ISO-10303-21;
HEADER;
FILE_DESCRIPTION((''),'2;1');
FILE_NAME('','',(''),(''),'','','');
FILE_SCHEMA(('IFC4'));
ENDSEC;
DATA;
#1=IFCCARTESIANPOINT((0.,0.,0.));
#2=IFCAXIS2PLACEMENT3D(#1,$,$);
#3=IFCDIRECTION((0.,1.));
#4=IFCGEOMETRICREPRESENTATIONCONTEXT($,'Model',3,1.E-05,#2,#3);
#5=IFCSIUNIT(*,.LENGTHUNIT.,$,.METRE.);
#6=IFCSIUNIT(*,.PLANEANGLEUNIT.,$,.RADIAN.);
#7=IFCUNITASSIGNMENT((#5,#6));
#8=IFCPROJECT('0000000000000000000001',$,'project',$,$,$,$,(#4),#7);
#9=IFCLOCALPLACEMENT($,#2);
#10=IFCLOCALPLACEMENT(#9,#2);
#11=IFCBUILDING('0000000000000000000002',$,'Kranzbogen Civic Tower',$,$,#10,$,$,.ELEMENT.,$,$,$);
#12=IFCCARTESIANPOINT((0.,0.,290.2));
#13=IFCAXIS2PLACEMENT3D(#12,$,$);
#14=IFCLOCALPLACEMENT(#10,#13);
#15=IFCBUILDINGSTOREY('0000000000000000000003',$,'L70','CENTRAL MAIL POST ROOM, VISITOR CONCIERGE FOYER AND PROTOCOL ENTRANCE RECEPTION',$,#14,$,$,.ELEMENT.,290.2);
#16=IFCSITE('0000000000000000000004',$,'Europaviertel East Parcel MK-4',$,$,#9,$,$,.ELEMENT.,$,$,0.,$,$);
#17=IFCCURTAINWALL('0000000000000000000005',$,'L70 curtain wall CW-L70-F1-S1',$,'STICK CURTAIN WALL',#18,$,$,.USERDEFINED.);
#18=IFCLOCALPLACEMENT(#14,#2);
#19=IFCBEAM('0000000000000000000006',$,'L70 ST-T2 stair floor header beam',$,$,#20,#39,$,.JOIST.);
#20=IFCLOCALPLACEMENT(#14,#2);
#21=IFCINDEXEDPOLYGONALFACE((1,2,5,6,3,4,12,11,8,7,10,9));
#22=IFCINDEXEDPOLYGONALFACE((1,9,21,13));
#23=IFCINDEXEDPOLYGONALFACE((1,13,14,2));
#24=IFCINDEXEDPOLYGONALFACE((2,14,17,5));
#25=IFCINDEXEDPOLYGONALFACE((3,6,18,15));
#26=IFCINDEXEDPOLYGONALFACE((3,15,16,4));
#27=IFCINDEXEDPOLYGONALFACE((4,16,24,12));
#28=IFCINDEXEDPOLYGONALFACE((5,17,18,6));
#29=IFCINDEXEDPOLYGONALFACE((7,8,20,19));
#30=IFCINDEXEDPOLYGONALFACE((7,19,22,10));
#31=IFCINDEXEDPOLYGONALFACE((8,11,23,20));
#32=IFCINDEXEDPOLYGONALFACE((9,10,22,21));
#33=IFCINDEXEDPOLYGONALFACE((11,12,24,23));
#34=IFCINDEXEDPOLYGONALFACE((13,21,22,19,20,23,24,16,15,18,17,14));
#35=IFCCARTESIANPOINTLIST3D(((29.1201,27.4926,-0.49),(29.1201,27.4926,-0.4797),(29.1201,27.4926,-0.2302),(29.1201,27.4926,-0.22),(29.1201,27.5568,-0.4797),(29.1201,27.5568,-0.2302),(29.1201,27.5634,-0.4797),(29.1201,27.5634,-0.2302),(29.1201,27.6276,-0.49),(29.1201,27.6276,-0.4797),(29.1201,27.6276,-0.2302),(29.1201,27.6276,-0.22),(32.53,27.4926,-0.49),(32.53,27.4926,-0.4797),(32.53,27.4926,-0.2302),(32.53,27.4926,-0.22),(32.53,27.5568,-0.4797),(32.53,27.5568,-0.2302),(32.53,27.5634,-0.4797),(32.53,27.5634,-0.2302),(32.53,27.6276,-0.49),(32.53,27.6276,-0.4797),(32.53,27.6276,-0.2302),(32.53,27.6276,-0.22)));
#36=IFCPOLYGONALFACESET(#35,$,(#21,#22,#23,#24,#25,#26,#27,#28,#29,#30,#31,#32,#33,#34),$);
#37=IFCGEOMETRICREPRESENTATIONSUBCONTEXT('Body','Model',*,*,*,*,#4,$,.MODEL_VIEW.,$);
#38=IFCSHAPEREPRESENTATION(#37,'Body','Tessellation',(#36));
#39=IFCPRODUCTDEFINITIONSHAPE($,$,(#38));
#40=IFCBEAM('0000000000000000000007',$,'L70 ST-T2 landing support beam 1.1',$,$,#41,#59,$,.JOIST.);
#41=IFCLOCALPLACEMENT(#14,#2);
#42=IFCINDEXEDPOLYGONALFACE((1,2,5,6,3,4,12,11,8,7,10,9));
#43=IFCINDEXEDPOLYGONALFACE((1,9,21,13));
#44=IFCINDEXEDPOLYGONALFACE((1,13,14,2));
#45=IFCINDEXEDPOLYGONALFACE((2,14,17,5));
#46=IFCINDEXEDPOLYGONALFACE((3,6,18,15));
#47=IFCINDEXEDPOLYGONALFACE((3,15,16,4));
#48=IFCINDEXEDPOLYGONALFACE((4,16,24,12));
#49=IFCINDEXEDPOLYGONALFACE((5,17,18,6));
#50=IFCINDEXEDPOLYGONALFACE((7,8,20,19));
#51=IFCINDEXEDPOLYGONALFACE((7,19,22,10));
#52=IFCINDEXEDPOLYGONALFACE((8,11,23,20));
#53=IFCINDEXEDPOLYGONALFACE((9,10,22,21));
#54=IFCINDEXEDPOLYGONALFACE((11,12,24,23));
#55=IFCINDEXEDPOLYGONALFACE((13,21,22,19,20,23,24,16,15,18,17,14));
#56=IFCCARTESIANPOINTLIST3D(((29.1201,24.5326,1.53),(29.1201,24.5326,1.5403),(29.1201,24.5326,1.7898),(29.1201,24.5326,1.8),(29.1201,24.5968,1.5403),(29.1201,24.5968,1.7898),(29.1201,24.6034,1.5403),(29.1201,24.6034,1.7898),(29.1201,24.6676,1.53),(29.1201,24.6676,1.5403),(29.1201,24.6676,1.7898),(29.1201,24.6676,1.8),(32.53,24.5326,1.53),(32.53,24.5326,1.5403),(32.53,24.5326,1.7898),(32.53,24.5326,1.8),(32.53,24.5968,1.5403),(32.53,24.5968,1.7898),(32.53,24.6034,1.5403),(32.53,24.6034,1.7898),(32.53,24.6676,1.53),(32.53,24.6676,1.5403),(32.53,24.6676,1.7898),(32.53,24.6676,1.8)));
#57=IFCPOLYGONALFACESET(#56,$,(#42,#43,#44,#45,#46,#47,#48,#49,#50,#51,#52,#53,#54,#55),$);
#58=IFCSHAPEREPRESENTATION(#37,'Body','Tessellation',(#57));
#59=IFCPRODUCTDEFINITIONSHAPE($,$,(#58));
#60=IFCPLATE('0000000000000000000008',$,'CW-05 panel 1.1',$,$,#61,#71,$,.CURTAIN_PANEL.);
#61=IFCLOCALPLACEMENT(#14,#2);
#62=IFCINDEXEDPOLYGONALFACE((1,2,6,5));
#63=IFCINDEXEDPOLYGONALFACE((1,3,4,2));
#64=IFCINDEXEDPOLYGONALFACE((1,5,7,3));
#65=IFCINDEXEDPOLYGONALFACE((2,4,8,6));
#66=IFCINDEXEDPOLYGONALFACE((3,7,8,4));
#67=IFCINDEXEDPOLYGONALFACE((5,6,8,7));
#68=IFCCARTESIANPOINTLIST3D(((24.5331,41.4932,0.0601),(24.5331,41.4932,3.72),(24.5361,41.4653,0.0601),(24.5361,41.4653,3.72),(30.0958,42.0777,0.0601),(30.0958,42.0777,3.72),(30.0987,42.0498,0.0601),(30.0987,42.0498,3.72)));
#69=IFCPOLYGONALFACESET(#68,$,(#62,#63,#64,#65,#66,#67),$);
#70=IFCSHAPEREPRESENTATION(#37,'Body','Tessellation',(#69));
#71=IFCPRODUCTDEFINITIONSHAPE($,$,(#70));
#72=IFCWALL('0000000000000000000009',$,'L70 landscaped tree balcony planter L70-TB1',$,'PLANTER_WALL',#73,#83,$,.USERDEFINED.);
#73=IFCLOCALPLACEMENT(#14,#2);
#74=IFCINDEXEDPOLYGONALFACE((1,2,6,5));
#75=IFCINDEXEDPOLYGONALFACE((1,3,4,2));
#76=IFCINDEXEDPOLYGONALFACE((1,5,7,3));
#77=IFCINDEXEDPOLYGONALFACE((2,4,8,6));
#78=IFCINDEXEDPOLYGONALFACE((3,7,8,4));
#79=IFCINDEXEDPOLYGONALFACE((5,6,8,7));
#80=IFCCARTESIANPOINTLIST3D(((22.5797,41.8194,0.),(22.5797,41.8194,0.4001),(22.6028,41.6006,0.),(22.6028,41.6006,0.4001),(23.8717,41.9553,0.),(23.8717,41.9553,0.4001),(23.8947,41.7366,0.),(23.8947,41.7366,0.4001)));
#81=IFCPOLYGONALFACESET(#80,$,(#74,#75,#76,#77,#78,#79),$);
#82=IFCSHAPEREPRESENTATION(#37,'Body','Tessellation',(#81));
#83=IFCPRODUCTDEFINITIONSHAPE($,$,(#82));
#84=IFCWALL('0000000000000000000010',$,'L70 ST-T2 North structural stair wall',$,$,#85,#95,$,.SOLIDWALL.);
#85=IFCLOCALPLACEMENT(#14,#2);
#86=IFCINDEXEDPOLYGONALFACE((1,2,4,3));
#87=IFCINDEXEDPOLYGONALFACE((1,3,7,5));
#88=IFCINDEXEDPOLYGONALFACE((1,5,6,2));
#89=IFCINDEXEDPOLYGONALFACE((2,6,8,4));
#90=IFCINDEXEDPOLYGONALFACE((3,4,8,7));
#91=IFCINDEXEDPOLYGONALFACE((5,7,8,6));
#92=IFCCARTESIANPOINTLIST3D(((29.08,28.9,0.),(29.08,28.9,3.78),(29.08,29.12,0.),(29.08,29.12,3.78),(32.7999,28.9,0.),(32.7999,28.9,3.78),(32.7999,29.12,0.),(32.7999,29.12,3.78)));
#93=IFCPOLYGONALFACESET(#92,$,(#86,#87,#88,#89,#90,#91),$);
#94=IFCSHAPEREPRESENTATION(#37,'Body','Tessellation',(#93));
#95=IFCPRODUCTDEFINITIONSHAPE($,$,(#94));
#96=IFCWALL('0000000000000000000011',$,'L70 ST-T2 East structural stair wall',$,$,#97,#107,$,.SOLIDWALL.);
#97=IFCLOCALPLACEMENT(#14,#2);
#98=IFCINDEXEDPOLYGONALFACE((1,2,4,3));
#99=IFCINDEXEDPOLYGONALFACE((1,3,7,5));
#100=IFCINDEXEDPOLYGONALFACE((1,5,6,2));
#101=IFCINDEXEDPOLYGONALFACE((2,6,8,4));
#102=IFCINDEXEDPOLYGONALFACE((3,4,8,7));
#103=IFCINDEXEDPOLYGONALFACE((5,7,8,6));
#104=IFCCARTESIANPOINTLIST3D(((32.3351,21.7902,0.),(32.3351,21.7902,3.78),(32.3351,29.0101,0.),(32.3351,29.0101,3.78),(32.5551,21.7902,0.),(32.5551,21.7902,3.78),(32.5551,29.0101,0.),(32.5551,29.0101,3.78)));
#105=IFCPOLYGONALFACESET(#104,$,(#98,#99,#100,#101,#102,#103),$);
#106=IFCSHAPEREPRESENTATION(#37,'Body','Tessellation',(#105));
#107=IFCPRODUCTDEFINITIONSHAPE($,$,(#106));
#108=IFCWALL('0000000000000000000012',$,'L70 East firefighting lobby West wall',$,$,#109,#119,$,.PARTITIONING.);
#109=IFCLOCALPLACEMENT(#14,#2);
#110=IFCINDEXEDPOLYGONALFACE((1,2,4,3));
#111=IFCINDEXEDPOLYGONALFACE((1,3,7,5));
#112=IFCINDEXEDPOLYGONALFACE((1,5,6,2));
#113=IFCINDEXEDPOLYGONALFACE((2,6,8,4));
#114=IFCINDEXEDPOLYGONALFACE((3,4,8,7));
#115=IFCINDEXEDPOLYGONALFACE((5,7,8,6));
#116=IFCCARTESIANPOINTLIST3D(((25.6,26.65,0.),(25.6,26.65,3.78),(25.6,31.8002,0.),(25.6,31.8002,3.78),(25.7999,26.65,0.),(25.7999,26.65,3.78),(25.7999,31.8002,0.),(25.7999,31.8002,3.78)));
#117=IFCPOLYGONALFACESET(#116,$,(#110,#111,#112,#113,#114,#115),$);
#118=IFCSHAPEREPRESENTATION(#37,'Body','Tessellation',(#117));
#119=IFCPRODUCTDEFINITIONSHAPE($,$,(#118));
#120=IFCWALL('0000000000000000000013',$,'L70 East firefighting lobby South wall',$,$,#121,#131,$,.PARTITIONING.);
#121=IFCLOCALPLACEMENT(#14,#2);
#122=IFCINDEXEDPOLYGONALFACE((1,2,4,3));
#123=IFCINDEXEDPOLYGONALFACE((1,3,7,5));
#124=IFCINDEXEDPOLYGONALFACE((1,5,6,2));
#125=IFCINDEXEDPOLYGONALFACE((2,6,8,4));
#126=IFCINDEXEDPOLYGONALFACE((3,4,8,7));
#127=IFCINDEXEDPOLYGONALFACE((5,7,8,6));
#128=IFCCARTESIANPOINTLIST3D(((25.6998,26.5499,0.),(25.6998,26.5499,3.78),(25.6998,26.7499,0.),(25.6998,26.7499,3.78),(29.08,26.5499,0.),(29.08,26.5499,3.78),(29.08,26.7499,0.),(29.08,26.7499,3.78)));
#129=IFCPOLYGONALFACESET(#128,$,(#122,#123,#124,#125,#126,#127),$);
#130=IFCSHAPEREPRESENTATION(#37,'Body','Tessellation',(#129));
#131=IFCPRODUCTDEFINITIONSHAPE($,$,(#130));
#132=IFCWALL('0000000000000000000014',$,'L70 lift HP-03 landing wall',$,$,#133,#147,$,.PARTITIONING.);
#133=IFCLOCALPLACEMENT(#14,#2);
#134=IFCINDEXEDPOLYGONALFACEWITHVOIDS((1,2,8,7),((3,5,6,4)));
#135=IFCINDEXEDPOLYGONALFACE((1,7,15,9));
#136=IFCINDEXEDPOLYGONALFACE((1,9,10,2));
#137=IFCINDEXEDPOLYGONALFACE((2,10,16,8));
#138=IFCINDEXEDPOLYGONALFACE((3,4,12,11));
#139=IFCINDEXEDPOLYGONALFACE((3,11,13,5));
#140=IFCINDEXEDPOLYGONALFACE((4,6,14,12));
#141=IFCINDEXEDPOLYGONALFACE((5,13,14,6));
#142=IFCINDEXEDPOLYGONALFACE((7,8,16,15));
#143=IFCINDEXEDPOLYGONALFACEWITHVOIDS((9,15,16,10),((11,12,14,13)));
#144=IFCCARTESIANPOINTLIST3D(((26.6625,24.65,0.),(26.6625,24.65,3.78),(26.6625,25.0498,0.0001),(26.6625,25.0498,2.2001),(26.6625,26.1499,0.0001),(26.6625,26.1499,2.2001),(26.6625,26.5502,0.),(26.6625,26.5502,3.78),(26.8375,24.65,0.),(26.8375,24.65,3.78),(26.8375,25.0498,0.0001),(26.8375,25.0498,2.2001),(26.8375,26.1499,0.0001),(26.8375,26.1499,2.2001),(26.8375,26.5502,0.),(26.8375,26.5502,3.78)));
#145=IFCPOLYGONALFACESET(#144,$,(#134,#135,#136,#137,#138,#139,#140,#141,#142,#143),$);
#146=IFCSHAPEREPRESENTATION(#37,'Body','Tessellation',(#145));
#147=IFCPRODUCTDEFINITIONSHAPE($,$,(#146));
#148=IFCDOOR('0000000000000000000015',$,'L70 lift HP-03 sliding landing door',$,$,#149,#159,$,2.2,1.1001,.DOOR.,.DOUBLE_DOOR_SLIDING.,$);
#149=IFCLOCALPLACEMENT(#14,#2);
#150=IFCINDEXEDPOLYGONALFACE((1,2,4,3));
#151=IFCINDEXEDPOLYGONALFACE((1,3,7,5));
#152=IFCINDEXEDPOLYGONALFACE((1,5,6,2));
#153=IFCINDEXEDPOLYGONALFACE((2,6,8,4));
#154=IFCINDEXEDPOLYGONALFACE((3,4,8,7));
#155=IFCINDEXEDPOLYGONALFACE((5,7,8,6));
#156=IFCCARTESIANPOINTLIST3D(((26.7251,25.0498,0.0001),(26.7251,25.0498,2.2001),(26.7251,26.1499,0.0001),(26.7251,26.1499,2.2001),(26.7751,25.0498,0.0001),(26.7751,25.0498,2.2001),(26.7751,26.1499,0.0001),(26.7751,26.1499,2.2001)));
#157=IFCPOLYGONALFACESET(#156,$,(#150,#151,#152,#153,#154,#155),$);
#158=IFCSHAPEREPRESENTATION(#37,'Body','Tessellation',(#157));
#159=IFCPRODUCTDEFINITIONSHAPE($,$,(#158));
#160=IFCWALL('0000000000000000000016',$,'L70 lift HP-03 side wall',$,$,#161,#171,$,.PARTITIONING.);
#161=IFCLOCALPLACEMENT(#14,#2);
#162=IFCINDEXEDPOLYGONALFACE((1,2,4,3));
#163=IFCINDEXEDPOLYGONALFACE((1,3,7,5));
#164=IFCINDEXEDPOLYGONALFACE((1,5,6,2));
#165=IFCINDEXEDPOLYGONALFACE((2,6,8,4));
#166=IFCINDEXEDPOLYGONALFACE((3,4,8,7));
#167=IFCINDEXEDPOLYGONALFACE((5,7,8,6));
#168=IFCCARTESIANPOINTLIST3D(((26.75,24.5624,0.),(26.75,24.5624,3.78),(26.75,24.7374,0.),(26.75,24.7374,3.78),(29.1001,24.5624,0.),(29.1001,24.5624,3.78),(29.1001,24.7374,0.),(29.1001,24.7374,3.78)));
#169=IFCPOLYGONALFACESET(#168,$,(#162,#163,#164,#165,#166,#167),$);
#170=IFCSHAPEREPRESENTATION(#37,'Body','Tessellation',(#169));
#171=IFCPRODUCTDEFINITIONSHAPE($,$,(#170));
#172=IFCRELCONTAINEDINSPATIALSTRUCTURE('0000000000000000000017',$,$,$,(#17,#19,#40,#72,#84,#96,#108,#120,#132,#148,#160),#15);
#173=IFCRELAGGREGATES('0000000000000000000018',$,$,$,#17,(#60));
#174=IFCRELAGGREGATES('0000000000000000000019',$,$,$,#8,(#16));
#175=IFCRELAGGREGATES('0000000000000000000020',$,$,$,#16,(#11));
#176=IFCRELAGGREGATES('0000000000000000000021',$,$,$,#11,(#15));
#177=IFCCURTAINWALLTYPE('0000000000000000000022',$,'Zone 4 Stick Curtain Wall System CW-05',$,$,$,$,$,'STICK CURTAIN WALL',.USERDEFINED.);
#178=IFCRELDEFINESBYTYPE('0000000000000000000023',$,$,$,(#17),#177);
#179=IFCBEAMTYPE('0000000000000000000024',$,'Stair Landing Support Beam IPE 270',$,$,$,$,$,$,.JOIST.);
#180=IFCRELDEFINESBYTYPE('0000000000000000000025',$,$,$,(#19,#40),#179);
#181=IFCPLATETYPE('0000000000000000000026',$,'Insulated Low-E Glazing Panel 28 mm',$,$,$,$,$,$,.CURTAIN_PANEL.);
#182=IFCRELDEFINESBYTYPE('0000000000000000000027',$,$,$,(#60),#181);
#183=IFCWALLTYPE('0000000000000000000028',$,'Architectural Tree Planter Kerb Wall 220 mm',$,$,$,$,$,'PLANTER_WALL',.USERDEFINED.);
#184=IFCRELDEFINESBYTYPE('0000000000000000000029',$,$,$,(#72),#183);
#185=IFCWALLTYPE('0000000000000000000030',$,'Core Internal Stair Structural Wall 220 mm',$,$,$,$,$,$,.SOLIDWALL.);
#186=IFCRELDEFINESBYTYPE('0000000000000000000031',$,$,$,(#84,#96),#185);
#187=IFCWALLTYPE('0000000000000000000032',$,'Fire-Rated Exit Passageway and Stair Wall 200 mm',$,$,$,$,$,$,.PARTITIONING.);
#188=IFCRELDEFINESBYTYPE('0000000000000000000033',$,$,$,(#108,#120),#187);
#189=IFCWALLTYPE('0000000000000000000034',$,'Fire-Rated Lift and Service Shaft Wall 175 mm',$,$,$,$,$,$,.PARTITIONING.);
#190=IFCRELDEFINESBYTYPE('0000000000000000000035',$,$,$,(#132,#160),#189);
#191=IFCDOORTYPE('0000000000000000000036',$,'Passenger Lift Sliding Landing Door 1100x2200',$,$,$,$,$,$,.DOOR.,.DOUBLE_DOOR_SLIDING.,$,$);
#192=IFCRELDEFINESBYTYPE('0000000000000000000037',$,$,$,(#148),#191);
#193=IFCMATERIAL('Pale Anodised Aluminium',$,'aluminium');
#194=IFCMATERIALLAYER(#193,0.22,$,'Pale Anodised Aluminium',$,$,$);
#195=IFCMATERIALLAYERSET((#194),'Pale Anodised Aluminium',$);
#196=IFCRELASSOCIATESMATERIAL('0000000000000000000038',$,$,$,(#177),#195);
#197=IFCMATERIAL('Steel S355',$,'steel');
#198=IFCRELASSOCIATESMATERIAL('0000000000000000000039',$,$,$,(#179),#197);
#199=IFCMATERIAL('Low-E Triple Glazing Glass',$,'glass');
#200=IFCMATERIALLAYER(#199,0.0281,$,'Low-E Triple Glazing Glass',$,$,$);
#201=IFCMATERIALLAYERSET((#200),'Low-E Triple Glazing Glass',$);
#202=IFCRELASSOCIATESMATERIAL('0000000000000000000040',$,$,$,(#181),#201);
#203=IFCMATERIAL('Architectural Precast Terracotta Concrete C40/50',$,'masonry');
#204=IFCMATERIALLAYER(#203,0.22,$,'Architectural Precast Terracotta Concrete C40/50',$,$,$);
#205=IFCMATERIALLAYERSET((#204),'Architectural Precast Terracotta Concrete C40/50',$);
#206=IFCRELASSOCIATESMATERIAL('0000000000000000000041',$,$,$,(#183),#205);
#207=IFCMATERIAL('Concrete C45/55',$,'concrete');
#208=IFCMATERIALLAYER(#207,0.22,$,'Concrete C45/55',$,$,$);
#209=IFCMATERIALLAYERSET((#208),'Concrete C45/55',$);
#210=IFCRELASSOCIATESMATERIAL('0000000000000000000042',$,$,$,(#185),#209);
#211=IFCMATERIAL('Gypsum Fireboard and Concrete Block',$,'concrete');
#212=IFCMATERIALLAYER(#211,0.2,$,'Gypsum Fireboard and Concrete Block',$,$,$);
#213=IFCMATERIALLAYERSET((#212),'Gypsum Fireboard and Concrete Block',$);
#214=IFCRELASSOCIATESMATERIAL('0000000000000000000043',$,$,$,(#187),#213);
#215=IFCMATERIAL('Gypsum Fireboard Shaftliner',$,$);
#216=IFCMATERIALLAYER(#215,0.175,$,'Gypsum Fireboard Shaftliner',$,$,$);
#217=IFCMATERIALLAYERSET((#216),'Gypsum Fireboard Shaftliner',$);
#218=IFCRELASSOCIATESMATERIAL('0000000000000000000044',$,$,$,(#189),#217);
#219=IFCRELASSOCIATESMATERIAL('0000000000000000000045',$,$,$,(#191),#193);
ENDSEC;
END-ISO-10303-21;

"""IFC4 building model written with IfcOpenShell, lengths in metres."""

from ifc_helpers import new_model, si_unit, direction, frame, frame_2d, origin, origin_2d, place, context, subcontext, project, spatial, rectangle, i_section, extrude, material, layer, layer_set, material_profile, profile_set, type_object, element, fill, aggregate, save


model = new_model("IFC4")

# Units and contexts
model_context = context("Model", 3, precision=1e-05, world=origin(), true_north=direction((0.0, 1.0)))
body_context = subcontext(model_context, "Body", "Model", "MODEL_VIEW")
ifc_project = project(units=[si_unit("LENGTHUNIT", "METRE"), si_unit("PLANEANGLEUNIT", "RADIAN")], contexts=[model_context])

# Site, building, storey
site_placement = place(None, origin())
site = spatial("IfcSite", under=ifc_project, at=site_placement, Name="Europaviertel East Parcel MK-4", CompositionType="ELEMENT", RefElevation=0.0)
building_placement = place(site_placement, origin())
building = spatial("IfcBuilding", under=site, at=building_placement, Name="Kranzbogen Civic Tower", CompositionType="ELEMENT")
storey_placement = place(building_placement, frame((0.0, 0.0, 290.2)))
storey = spatial("IfcBuildingStorey", under=building, at=storey_placement, Name="L70", Description="CENTRAL MAIL POST ROOM, VISITOR CONCIERGE FOYER AND PROTOCOL ENTRANCE RECEPTION", CompositionType="ELEMENT", Elevation=290.2)

# Shared definitions
ifc_material_1 = material(Name="Steel S355", Category="steel")

# Curtain wall
ifc_material_2 = material(Name="Pale Anodised Aluminium", Category="aluminium")
ifc_layer_1 = layer(ifc_material_2, 0.22, Name="Pale Anodised Aluminium")
ifc_layer_set_1 = layer_set([ifc_layer_1], Name="Pale Anodised Aluminium")
curtain_wall_type = type_object("IfcCurtainWallType", Name="Zone 4 Stick Curtain Wall System CW-05", ElementType="STICK CURTAIN WALL", PredefinedType="USERDEFINED", material=ifc_layer_set_1)
curtain_wall_placement = place(storey_placement, origin())
curtain_wall = element("IfcCurtainWall", 1, at=curtain_wall_placement, inside=storey, type_object=curtain_wall_type, Name="L70 curtain wall CW-L70-F1-S1", ObjectType="STICK CURTAIN WALL", PredefinedType="USERDEFINED")

# Beams
ifc_material_profile_1 = material_profile(ifc_material_1, i_section(OverallWidth=0.135, OverallDepth=0.27, WebThickness=0.0066, FlangeThickness=0.0103, at=origin_2d()), Name="IPE 270")
ifc_profile_set_1 = profile_set([ifc_material_profile_1], Name="Steel S355")
beam_type_1 = type_object("IfcBeamType", Name="Stair Landing Support Beam IPE 270", PredefinedType="JOIST", material=ifc_profile_set_1)
for number, where, z_axis, x_axis, name in (
    (2, (29.1201, 27.5601, -0.355), (1.0, 0.0, 0.0), (0.0, 1.0, 0.0), "L70 ST-T2 stair floor header beam"),
    (3, (29.1201, 24.6001, 1.665), (1.0, 0.0, 0.0), (0.0, 1.0, 0.0), "L70 ST-T2 landing support beam 1.1"),
):
    element("IfcBeam", number, at=place(storey_placement, frame(where, z_axis=z_axis, x_axis=x_axis)), inside=storey, type_object=beam_type_1, Name=name, PredefinedType="JOIST", context=body_context, shape_type="SweptSolid", body=[
        extrude(i_section(OverallWidth=0.135, OverallDepth=0.27, WebThickness=0.0066, FlangeThickness=0.0103, at=origin_2d()), origin(), (0.0, 0.0, 1.0), 3.4099),
    ])

# Plate
ifc_material_3 = material(Name="Low-E Triple Glazing Glass", Category="glass")
ifc_layer_2 = layer(ifc_material_3, 0.0281, Name="Low-E Triple Glazing Glass")
ifc_layer_set_2 = layer_set([ifc_layer_2], Name="Low-E Triple Glazing Glass")
plate_type = type_object("IfcPlateType", Name="Insulated Low-E Glazing Panel 28 mm", PredefinedType="CURTAIN_PANEL", material=ifc_layer_set_2)
plate_placement = place(storey_placement, frame((27.3159, 41.7715, 0.0601), z_axis=(0.0, 0.0, 1.0), x_axis=(-0.994526, -0.104493, 0.0)))
plate = element("IfcPlate", 4, at=plate_placement, type_object=plate_type, Name="CW-05 panel 1.1", PredefinedType="CURTAIN_PANEL", context=body_context, shape_type="SweptSolid", body=[
    extrude(rectangle(XDim=5.5933, YDim=0.0281, at=origin_2d()), origin(), (0.0, 0.0, 1.0), 3.6599),
])
aggregate(curtain_wall, [plate])

# Walls
ifc_material_4 = material(Name="Architectural Precast Terracotta Concrete C40/50", Category="masonry")
ifc_layer_3 = layer(ifc_material_4, 0.22, Name="Architectural Precast Terracotta Concrete C40/50")
ifc_layer_set_3 = layer_set([ifc_layer_3], Name="Architectural Precast Terracotta Concrete C40/50")
wall_type_1 = type_object("IfcWallType", Name="Architectural Tree Planter Kerb Wall 220 mm", ElementType="PLANTER_WALL", PredefinedType="USERDEFINED", material=ifc_layer_set_3)
wall_1_placement = place(storey_placement, frame((23.8831, 41.8459, 0.0), z_axis=(0.0, 0.0, 1.0), x_axis=(-0.994506, -0.104675, 0.0)))
element("IfcWall", 5, at=wall_1_placement, inside=storey, type_object=wall_type_1, Name="L70 landscaped tree balcony planter L70-TB1", ObjectType="PLANTER_WALL", PredefinedType="USERDEFINED", context=body_context, shape_type="SweptSolid", body=[
    extrude(rectangle(XDim=1.2991, YDim=0.22, at=frame_2d((0.6494, 0.0))), origin(), (0.0, 0.0, 1.0), 0.4001),
])
ifc_material_5 = material(Name="Concrete C45/55", Category="concrete")
ifc_layer_4 = layer(ifc_material_5, 0.22, Name="Concrete C45/55")
ifc_layer_set_4 = layer_set([ifc_layer_4], Name="Concrete C45/55")
wall_type_2 = type_object("IfcWallType", Name="Core Internal Stair Structural Wall 220 mm", PredefinedType="SOLIDWALL", material=ifc_layer_set_4)
wall_2_placement = place(storey_placement, frame((29.0801, 29.01, 0.0), z_axis=(0.0, 0.0, 1.0), x_axis=(1.0, 0.0, 0.0)))
element("IfcWall", 6, at=wall_2_placement, inside=storey, type_object=wall_type_2, Name="L70 ST-T2 North structural stair wall", PredefinedType="SOLIDWALL", context=body_context, shape_type="SweptSolid", body=[
    extrude(rectangle(XDim=3.72, YDim=0.22, at=frame_2d((1.8599, 0.0))), origin(), (0.0, 0.0, 1.0), 3.78),
])
wall_3_placement = place(storey_placement, frame((32.4451, 29.01, 0.0), z_axis=(0.0, 0.0, 1.0), x_axis=(0.0, -1.0, 0.0)))
element("IfcWall", 7, at=wall_3_placement, inside=storey, type_object=wall_type_2, Name="L70 ST-T2 East structural stair wall", PredefinedType="SOLIDWALL", context=body_context, shape_type="SweptSolid", body=[
    extrude(rectangle(XDim=7.22, YDim=0.22, at=frame_2d((3.6099, 0.0))), origin(), (0.0, 0.0, 1.0), 3.78),
])
ifc_material_6 = material(Name="Gypsum Fireboard and Concrete Block", Category="concrete")
ifc_layer_5 = layer(ifc_material_6, 0.2, Name="Gypsum Fireboard and Concrete Block")
ifc_layer_set_5 = layer_set([ifc_layer_5], Name="Gypsum Fireboard and Concrete Block")
wall_type_3 = type_object("IfcWallType", Name="Fire-Rated Exit Passageway and Stair Wall 200 mm", PredefinedType="PARTITIONING", material=ifc_layer_set_5)
wall_4_placement = place(storey_placement, frame((25.7, 26.6499, 0.0), z_axis=(0.0, 0.0, 1.0), x_axis=(0.0, 1.0, 0.0)))
element("IfcWall", 8, at=wall_4_placement, inside=storey, type_object=wall_type_3, Name="L70 East firefighting lobby West wall", PredefinedType="PARTITIONING", context=body_context, shape_type="SweptSolid", body=[
    extrude(rectangle(XDim=5.1501, YDim=0.2, at=frame_2d((2.5752, 0.0))), origin(), (0.0, 0.0, 1.0), 3.78),
])
wall_5_placement = place(storey_placement, frame((25.7, 26.6499, 0.0), z_axis=(0.0, 0.0, 1.0), x_axis=(1.0, 0.0, 0.0)))
element("IfcWall", 9, at=wall_5_placement, inside=storey, type_object=wall_type_3, Name="L70 East firefighting lobby South wall", PredefinedType="PARTITIONING", context=body_context, shape_type="SweptSolid", body=[
    extrude(rectangle(XDim=3.3801, YDim=0.2, at=frame_2d((1.6899, 0.0))), origin(), (0.0, 0.0, 1.0), 3.78),
])

# Wall, opening, door
ifc_material_7 = material(Name="Gypsum Fireboard Shaftliner")
ifc_layer_6 = layer(ifc_material_7, 0.175, Name="Gypsum Fireboard Shaftliner")
ifc_layer_set_6 = layer_set([ifc_layer_6], Name="Gypsum Fireboard Shaftliner")
wall_type_4 = type_object("IfcWallType", Name="Fire-Rated Lift and Service Shaft Wall 175 mm", PredefinedType="PARTITIONING", material=ifc_layer_set_6)
wall_6_placement = place(storey_placement, frame((26.75, 24.6499, 0.0), z_axis=(0.0, 0.0, 1.0), x_axis=(0.0, 1.0, 0.0)))
wall_6 = element("IfcWall", 10, at=wall_6_placement, inside=storey, type_object=wall_type_4, Name="L70 lift HP-03 landing wall", PredefinedType="PARTITIONING", context=body_context, shape_type="SweptSolid", body=[
    extrude(rectangle(XDim=1.9001, YDim=0.175, at=frame_2d((0.9502, 0.0))), origin(), (0.0, 0.0, 1.0), 3.78),
])
opening_1_placement = place(wall_6_placement, frame((0.3999, 0.0, 0.0)))
opening_1 = element("IfcOpeningElement", 11, at=opening_1_placement, cuts=wall_6, PredefinedType="OPENING", context=body_context, shape_type="SweptSolid", body=[
    extrude(rectangle(XDim=1.1001, YDim=2.2, at=frame_2d((0.55, 1.1001))), frame((0.0, 0.0977, 0.0), z_axis=(0.0, -1.0, 0.0), x_axis=(1.0, 0.0, 0.0)), (0.0, 0.0, 1.0), 0.1951),
])
door_type_1 = type_object("IfcDoorType", Name="Passenger Lift Sliding Landing Door 1100x2200", OperationType="DOUBLE_DOOR_SLIDING", PredefinedType="DOOR", material=ifc_material_2)
door_1_placement = place(opening_1_placement, origin())
door_1 = element("IfcDoor", 12, at=door_1_placement, inside=storey, type_object=door_type_1, Name="L70 lift HP-03 sliding landing door", OperationType="DOUBLE_DOOR_SLIDING", OverallHeight=2.2, OverallWidth=1.1001, PredefinedType="DOOR", context=body_context, shape_type="SweptSolid", body=[
    extrude(rectangle(XDim=1.1001, YDim=2.2, at=frame_2d((0.55, 1.1001))), frame((0.0, 0.0249, 0.0), z_axis=(0.0, -1.0, 0.0), x_axis=(1.0, 0.0, 0.0)), (0.0, 0.0, 1.0), 0.05),
])
fill(opening_1, door_1)

# Wall
wall_7_placement = place(storey_placement, frame((26.75, 24.6499, 0.0), z_axis=(0.0, 0.0, 1.0), x_axis=(1.0, 0.0, 0.0)))
element("IfcWall", 13, at=wall_7_placement, inside=storey, type_object=wall_type_4, Name="L70 lift HP-03 side wall", PredefinedType="PARTITIONING", context=body_context, shape_type="SweptSolid", body=[
    extrude(rectangle(XDim=2.3501, YDim=0.175, at=frame_2d((1.175, 0.0))), origin(), (0.0, 0.0, 1.0), 3.78),
])

save(model, "model.ifc")
